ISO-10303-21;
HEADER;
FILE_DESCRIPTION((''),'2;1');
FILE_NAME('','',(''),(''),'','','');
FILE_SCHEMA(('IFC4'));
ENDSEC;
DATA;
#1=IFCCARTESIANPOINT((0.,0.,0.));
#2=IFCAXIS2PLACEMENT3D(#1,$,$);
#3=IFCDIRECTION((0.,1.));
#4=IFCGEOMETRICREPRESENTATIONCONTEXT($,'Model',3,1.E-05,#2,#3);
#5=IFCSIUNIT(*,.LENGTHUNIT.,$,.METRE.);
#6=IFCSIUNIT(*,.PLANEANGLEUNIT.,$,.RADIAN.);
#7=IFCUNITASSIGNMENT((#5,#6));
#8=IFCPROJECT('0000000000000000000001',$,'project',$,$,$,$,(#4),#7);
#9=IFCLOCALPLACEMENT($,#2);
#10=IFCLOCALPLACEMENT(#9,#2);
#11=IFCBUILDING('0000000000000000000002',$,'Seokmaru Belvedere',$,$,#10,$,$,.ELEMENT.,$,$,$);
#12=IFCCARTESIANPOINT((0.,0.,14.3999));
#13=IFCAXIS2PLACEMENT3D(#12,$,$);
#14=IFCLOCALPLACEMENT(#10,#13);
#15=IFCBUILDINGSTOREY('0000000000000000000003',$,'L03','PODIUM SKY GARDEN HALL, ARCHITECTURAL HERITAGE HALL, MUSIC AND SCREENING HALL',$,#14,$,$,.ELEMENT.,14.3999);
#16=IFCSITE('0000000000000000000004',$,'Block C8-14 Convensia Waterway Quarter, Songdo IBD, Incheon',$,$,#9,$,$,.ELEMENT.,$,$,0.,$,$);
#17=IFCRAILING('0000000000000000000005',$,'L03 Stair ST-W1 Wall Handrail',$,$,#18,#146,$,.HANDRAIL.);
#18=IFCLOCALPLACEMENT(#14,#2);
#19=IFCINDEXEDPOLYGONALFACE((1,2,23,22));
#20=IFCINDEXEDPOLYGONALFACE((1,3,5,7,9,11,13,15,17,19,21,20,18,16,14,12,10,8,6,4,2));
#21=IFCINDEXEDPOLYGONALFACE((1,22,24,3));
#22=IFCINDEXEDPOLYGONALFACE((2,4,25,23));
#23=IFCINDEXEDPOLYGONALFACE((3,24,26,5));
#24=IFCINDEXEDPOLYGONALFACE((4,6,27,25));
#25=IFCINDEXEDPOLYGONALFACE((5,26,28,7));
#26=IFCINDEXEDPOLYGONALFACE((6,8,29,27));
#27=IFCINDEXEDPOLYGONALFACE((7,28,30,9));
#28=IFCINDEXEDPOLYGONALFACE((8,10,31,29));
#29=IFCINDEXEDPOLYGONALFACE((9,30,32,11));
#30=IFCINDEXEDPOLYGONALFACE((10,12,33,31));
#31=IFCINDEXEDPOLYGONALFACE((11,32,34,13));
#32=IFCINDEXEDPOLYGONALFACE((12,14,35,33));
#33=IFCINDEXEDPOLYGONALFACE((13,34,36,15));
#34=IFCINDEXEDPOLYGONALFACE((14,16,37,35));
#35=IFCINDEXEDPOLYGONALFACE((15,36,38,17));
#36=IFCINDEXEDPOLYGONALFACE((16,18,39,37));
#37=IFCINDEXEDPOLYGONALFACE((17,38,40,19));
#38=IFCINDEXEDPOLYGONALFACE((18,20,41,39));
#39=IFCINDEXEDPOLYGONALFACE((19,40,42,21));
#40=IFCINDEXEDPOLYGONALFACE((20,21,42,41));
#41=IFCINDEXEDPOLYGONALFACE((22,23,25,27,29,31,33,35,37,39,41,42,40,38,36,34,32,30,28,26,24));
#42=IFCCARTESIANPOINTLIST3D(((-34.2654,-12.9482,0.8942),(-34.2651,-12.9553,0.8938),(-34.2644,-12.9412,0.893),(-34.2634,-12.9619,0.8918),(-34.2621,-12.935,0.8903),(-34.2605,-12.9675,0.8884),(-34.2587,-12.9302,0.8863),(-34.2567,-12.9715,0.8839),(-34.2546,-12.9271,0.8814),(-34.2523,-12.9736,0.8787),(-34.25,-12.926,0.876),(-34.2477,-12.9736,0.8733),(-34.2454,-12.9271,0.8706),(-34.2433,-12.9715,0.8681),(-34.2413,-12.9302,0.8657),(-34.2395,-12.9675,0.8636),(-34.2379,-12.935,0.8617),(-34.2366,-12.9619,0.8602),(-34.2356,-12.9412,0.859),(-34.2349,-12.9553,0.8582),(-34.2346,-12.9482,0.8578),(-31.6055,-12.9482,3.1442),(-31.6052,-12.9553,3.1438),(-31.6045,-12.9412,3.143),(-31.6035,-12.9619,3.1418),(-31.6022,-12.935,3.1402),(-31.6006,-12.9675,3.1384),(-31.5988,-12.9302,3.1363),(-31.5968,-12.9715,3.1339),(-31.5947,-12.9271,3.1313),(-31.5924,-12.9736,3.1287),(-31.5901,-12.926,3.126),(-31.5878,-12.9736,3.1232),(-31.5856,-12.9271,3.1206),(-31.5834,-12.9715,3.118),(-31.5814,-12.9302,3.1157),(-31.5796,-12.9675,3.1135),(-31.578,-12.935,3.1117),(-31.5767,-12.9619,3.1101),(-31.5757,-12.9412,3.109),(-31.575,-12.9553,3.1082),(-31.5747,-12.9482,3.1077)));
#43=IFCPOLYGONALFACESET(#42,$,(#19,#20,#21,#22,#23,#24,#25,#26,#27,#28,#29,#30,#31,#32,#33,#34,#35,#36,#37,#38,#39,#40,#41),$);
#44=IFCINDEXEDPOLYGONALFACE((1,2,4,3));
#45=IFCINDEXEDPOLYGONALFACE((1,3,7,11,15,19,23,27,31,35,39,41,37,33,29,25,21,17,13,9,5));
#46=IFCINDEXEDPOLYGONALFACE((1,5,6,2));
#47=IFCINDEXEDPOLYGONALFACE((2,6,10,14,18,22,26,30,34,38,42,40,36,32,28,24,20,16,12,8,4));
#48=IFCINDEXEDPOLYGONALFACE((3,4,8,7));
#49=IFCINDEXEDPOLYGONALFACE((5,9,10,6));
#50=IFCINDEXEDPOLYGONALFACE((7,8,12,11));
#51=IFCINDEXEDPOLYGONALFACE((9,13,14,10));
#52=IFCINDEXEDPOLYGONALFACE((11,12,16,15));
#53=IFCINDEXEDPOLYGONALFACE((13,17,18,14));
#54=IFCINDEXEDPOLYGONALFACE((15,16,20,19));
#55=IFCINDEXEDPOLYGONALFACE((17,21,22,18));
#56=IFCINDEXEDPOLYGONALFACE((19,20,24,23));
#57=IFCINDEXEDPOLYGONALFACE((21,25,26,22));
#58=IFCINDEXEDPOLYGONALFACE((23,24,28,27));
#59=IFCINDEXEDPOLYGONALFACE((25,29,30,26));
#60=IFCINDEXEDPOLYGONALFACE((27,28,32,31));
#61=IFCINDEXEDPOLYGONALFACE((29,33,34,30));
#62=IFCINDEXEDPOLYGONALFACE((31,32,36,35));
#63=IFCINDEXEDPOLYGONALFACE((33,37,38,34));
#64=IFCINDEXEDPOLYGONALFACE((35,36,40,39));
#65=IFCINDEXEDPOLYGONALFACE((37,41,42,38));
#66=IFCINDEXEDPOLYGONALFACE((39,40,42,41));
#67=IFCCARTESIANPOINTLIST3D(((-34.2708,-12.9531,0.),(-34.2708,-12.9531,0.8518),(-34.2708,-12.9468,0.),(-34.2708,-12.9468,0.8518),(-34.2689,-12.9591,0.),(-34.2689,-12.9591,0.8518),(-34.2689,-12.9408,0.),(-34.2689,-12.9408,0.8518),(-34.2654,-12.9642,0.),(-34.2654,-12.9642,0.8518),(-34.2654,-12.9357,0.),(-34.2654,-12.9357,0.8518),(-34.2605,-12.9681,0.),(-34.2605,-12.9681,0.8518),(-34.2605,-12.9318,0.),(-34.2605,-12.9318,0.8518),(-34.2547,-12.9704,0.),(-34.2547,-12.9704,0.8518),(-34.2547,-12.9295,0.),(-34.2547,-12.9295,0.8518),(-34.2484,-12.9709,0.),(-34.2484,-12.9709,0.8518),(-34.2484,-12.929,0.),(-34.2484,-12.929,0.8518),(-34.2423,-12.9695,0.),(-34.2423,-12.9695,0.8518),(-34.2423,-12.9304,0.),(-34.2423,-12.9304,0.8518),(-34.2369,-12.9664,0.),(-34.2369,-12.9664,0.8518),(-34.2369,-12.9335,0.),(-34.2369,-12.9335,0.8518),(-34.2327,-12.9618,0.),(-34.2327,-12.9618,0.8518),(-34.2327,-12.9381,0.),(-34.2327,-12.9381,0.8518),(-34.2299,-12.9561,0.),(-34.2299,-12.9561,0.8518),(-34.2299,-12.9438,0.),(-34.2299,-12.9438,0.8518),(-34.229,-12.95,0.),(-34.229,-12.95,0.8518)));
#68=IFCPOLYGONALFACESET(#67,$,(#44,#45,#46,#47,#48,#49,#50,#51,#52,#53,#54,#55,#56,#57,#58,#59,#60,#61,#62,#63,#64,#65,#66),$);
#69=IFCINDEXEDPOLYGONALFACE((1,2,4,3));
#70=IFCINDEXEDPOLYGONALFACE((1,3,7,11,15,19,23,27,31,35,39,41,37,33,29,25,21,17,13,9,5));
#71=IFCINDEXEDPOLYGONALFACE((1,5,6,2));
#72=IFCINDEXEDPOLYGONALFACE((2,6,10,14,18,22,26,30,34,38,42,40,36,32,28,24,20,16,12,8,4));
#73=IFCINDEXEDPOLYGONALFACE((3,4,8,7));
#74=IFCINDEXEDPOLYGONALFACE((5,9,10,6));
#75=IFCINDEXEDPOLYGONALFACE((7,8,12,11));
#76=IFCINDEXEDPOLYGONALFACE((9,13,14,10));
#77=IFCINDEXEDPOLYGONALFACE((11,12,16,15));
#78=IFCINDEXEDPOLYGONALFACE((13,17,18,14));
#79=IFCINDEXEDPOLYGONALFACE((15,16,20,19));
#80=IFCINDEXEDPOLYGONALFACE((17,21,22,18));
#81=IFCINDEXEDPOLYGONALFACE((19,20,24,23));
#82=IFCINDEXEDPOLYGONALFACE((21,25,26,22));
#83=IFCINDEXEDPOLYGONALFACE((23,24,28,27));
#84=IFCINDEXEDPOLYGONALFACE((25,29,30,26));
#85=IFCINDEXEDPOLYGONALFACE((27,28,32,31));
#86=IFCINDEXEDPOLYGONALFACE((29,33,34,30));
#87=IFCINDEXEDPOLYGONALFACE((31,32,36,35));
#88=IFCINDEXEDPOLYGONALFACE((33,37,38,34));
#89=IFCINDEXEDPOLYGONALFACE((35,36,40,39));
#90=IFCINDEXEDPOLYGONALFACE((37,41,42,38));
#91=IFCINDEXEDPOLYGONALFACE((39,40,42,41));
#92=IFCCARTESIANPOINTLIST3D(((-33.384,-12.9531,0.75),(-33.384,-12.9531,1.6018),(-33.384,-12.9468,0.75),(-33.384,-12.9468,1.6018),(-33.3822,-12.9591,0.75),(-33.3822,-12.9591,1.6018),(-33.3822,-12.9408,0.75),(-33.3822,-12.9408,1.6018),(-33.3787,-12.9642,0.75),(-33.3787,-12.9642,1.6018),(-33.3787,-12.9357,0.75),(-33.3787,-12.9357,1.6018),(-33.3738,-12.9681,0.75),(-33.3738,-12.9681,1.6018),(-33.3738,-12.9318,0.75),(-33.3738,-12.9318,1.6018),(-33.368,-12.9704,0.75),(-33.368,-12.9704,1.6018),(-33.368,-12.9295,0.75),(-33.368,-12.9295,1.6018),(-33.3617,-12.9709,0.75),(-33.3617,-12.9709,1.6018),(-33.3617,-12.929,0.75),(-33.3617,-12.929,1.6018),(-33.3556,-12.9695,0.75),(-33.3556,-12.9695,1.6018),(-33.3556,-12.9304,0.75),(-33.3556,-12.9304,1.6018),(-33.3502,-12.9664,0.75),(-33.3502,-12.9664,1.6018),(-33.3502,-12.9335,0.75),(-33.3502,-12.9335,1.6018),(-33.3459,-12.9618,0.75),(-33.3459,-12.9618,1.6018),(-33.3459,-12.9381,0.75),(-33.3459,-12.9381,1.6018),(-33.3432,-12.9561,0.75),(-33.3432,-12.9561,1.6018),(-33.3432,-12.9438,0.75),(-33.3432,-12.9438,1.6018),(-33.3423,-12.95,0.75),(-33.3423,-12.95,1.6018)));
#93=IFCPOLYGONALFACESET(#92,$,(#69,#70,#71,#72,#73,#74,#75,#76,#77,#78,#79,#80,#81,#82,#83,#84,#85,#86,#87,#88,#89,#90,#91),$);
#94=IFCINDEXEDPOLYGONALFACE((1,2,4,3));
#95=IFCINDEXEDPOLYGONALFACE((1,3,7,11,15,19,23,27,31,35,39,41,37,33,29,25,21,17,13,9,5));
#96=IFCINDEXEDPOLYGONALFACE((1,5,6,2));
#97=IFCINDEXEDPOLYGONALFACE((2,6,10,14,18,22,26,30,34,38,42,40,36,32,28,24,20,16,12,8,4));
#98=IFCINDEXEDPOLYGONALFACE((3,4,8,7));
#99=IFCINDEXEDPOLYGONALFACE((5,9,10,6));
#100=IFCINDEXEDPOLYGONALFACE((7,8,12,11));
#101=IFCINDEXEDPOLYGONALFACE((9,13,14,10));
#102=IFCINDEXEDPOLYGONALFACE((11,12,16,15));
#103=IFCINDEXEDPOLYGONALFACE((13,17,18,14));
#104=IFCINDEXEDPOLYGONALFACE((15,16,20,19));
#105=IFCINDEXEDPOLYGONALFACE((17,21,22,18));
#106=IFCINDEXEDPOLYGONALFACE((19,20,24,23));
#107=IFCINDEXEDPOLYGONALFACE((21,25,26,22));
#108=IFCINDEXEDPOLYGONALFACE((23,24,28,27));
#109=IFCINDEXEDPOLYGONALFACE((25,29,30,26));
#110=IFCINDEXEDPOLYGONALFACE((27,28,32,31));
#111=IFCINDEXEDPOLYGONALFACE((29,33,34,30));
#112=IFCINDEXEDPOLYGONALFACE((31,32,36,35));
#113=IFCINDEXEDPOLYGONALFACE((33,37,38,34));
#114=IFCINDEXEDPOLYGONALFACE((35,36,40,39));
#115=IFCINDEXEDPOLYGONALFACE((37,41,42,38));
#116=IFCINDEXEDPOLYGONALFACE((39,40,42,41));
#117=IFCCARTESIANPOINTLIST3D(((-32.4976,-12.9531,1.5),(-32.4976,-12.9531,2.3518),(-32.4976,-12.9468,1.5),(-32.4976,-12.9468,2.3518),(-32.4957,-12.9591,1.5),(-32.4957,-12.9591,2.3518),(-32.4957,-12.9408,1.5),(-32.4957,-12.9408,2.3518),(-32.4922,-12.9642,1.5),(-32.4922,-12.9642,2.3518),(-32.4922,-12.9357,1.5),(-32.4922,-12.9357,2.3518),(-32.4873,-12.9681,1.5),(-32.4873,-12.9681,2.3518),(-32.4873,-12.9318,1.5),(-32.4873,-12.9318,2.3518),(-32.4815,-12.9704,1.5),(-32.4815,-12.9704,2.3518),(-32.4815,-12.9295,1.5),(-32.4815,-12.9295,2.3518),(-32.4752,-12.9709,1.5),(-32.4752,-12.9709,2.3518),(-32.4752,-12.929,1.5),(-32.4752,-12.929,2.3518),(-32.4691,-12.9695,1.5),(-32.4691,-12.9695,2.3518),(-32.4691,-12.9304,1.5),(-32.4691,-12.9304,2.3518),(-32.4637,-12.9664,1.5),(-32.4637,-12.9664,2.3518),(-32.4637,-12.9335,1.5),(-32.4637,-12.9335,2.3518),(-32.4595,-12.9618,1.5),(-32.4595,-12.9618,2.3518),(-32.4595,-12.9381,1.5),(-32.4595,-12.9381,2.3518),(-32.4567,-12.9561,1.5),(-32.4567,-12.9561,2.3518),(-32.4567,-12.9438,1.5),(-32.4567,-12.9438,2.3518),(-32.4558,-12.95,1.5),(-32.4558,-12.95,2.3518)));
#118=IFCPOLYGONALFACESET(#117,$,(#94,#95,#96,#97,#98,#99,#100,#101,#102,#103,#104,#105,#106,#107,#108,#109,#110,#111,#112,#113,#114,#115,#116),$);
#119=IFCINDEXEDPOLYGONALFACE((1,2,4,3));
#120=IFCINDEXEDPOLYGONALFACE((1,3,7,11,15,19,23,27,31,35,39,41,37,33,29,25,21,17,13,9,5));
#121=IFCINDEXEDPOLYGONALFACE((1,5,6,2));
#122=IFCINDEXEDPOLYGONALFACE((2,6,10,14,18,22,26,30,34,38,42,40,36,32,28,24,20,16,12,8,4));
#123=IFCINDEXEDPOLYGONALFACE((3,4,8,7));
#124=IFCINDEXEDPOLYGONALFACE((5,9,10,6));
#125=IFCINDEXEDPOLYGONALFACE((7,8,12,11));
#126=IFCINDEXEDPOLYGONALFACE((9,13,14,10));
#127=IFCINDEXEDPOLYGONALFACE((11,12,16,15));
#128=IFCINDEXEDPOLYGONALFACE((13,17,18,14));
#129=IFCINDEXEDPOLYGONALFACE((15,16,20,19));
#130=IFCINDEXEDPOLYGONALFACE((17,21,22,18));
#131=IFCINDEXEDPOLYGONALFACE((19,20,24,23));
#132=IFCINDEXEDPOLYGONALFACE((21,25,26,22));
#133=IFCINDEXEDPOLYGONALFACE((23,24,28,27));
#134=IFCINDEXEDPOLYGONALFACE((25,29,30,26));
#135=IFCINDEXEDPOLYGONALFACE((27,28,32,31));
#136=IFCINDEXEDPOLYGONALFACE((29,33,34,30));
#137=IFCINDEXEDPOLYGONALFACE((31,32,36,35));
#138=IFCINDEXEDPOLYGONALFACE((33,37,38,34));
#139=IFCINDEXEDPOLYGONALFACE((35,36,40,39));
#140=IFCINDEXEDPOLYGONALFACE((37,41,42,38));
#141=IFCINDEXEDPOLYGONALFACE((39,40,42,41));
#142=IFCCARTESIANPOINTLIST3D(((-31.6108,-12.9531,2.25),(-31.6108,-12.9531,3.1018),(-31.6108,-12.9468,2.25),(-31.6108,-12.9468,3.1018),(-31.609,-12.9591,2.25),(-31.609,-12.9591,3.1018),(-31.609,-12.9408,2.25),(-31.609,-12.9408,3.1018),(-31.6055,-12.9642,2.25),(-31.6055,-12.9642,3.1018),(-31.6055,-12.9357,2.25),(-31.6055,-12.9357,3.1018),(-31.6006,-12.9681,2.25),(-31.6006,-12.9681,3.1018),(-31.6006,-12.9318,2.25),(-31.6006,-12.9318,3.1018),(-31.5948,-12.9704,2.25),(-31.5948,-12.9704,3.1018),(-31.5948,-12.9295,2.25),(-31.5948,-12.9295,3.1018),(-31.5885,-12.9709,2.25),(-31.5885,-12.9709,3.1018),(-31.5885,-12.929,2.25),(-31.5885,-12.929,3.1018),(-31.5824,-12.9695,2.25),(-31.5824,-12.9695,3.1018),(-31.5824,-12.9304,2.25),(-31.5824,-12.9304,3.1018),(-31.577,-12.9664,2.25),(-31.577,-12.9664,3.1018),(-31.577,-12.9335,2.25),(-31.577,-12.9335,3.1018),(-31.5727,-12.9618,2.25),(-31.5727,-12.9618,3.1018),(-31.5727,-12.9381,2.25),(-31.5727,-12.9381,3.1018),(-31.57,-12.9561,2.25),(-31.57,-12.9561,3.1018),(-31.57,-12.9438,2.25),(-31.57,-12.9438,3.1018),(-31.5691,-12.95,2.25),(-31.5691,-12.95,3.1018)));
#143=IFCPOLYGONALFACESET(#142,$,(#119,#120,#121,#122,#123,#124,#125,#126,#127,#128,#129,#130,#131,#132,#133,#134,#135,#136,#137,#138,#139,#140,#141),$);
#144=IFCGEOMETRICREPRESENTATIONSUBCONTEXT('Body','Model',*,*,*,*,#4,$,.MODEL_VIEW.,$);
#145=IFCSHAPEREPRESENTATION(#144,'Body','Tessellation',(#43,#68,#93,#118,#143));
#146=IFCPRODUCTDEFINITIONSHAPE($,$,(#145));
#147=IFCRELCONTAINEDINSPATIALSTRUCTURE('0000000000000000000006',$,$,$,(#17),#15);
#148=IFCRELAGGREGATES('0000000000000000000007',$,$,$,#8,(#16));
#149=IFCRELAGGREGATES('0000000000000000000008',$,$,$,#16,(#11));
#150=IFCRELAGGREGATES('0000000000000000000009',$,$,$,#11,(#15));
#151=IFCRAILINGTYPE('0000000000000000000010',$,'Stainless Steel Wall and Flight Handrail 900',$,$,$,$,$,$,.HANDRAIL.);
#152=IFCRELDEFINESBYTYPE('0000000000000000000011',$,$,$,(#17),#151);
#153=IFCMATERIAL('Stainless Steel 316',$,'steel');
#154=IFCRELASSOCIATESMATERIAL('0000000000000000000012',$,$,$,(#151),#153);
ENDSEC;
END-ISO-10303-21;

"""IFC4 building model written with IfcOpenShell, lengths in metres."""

from ifc_helpers import new_model, si_unit, direction, frame, origin, origin_2d, place, context, subcontext, project, spatial, circle, extrude, material, type_object, element, save


model = new_model("IFC4")

# Units and contexts
model_context = context("Model", 3, precision=1e-05, world=origin(), true_north=direction((0.0, 1.0)))
body_context = subcontext(model_context, "Body", "Model", "MODEL_VIEW")
ifc_project = project(units=[si_unit("LENGTHUNIT", "METRE"), si_unit("PLANEANGLEUNIT", "RADIAN")], contexts=[model_context])

# Site, building, storey
site_placement = place(None, origin())
site = spatial("IfcSite", under=ifc_project, at=site_placement, Name="Block C8-14 Convensia Waterway Quarter, Songdo IBD, Incheon", CompositionType="ELEMENT", RefElevation=0.0)
building_placement = place(site_placement, origin())
building = spatial("IfcBuilding", under=site, at=building_placement, Name="Seokmaru Belvedere", CompositionType="ELEMENT")
storey_placement = place(building_placement, frame((0.0, 0.0, 14.3999)))
storey = spatial("IfcBuildingStorey", under=building, at=storey_placement, Name="L03", Description="PODIUM SKY GARDEN HALL, ARCHITECTURAL HERITAGE HALL, MUSIC AND SCREENING HALL", CompositionType="ELEMENT", Elevation=14.3999)

# Railing
ifc_material_1 = material(Name="Stainless Steel 316", Category="steel")
railing_type_1 = type_object("IfcRailingType", Name="Stainless Steel Wall and Flight Handrail 900", PredefinedType="HANDRAIL", material=ifc_material_1)
railing_1_placement = place(storey_placement, frame((-34.25, -12.95, 0.0)))
element("IfcRailing", 1, at=railing_1_placement, inside=storey, type_object=railing_type_1, Name="L03 Stair ST-W1 Wall Handrail", PredefinedType="HANDRAIL", context=body_context, shape_type="SweptSolid", body=[
    extrude(circle(Radius=0.0239, at=origin_2d()), frame((0.0, 0.0, 0.876), z_axis=(0.763485, 0.0, 0.645826), x_axis=(0.0, 1.0, 0.0)), (0.0, 0.0, 1.0), 3.4839),
    extrude(circle(Radius=0.021, at=origin_2d()), origin(), (0.0, 0.0, 1.0), 0.8518),
    extrude(circle(Radius=0.021, at=origin_2d()), frame((0.8867, 0.0, 0.75)), (0.0, 0.0, 1.0), 0.8518),
    extrude(circle(Radius=0.021, at=origin_2d()), frame((1.7732, 0.0, 1.5)), (0.0, 0.0, 1.0), 0.8518),
    extrude(circle(Radius=0.021, at=origin_2d()), frame((2.6599, 0.0, 2.25)), (0.0, 0.0, 1.0), 0.8518),
])

save(model, "model.ifc")
